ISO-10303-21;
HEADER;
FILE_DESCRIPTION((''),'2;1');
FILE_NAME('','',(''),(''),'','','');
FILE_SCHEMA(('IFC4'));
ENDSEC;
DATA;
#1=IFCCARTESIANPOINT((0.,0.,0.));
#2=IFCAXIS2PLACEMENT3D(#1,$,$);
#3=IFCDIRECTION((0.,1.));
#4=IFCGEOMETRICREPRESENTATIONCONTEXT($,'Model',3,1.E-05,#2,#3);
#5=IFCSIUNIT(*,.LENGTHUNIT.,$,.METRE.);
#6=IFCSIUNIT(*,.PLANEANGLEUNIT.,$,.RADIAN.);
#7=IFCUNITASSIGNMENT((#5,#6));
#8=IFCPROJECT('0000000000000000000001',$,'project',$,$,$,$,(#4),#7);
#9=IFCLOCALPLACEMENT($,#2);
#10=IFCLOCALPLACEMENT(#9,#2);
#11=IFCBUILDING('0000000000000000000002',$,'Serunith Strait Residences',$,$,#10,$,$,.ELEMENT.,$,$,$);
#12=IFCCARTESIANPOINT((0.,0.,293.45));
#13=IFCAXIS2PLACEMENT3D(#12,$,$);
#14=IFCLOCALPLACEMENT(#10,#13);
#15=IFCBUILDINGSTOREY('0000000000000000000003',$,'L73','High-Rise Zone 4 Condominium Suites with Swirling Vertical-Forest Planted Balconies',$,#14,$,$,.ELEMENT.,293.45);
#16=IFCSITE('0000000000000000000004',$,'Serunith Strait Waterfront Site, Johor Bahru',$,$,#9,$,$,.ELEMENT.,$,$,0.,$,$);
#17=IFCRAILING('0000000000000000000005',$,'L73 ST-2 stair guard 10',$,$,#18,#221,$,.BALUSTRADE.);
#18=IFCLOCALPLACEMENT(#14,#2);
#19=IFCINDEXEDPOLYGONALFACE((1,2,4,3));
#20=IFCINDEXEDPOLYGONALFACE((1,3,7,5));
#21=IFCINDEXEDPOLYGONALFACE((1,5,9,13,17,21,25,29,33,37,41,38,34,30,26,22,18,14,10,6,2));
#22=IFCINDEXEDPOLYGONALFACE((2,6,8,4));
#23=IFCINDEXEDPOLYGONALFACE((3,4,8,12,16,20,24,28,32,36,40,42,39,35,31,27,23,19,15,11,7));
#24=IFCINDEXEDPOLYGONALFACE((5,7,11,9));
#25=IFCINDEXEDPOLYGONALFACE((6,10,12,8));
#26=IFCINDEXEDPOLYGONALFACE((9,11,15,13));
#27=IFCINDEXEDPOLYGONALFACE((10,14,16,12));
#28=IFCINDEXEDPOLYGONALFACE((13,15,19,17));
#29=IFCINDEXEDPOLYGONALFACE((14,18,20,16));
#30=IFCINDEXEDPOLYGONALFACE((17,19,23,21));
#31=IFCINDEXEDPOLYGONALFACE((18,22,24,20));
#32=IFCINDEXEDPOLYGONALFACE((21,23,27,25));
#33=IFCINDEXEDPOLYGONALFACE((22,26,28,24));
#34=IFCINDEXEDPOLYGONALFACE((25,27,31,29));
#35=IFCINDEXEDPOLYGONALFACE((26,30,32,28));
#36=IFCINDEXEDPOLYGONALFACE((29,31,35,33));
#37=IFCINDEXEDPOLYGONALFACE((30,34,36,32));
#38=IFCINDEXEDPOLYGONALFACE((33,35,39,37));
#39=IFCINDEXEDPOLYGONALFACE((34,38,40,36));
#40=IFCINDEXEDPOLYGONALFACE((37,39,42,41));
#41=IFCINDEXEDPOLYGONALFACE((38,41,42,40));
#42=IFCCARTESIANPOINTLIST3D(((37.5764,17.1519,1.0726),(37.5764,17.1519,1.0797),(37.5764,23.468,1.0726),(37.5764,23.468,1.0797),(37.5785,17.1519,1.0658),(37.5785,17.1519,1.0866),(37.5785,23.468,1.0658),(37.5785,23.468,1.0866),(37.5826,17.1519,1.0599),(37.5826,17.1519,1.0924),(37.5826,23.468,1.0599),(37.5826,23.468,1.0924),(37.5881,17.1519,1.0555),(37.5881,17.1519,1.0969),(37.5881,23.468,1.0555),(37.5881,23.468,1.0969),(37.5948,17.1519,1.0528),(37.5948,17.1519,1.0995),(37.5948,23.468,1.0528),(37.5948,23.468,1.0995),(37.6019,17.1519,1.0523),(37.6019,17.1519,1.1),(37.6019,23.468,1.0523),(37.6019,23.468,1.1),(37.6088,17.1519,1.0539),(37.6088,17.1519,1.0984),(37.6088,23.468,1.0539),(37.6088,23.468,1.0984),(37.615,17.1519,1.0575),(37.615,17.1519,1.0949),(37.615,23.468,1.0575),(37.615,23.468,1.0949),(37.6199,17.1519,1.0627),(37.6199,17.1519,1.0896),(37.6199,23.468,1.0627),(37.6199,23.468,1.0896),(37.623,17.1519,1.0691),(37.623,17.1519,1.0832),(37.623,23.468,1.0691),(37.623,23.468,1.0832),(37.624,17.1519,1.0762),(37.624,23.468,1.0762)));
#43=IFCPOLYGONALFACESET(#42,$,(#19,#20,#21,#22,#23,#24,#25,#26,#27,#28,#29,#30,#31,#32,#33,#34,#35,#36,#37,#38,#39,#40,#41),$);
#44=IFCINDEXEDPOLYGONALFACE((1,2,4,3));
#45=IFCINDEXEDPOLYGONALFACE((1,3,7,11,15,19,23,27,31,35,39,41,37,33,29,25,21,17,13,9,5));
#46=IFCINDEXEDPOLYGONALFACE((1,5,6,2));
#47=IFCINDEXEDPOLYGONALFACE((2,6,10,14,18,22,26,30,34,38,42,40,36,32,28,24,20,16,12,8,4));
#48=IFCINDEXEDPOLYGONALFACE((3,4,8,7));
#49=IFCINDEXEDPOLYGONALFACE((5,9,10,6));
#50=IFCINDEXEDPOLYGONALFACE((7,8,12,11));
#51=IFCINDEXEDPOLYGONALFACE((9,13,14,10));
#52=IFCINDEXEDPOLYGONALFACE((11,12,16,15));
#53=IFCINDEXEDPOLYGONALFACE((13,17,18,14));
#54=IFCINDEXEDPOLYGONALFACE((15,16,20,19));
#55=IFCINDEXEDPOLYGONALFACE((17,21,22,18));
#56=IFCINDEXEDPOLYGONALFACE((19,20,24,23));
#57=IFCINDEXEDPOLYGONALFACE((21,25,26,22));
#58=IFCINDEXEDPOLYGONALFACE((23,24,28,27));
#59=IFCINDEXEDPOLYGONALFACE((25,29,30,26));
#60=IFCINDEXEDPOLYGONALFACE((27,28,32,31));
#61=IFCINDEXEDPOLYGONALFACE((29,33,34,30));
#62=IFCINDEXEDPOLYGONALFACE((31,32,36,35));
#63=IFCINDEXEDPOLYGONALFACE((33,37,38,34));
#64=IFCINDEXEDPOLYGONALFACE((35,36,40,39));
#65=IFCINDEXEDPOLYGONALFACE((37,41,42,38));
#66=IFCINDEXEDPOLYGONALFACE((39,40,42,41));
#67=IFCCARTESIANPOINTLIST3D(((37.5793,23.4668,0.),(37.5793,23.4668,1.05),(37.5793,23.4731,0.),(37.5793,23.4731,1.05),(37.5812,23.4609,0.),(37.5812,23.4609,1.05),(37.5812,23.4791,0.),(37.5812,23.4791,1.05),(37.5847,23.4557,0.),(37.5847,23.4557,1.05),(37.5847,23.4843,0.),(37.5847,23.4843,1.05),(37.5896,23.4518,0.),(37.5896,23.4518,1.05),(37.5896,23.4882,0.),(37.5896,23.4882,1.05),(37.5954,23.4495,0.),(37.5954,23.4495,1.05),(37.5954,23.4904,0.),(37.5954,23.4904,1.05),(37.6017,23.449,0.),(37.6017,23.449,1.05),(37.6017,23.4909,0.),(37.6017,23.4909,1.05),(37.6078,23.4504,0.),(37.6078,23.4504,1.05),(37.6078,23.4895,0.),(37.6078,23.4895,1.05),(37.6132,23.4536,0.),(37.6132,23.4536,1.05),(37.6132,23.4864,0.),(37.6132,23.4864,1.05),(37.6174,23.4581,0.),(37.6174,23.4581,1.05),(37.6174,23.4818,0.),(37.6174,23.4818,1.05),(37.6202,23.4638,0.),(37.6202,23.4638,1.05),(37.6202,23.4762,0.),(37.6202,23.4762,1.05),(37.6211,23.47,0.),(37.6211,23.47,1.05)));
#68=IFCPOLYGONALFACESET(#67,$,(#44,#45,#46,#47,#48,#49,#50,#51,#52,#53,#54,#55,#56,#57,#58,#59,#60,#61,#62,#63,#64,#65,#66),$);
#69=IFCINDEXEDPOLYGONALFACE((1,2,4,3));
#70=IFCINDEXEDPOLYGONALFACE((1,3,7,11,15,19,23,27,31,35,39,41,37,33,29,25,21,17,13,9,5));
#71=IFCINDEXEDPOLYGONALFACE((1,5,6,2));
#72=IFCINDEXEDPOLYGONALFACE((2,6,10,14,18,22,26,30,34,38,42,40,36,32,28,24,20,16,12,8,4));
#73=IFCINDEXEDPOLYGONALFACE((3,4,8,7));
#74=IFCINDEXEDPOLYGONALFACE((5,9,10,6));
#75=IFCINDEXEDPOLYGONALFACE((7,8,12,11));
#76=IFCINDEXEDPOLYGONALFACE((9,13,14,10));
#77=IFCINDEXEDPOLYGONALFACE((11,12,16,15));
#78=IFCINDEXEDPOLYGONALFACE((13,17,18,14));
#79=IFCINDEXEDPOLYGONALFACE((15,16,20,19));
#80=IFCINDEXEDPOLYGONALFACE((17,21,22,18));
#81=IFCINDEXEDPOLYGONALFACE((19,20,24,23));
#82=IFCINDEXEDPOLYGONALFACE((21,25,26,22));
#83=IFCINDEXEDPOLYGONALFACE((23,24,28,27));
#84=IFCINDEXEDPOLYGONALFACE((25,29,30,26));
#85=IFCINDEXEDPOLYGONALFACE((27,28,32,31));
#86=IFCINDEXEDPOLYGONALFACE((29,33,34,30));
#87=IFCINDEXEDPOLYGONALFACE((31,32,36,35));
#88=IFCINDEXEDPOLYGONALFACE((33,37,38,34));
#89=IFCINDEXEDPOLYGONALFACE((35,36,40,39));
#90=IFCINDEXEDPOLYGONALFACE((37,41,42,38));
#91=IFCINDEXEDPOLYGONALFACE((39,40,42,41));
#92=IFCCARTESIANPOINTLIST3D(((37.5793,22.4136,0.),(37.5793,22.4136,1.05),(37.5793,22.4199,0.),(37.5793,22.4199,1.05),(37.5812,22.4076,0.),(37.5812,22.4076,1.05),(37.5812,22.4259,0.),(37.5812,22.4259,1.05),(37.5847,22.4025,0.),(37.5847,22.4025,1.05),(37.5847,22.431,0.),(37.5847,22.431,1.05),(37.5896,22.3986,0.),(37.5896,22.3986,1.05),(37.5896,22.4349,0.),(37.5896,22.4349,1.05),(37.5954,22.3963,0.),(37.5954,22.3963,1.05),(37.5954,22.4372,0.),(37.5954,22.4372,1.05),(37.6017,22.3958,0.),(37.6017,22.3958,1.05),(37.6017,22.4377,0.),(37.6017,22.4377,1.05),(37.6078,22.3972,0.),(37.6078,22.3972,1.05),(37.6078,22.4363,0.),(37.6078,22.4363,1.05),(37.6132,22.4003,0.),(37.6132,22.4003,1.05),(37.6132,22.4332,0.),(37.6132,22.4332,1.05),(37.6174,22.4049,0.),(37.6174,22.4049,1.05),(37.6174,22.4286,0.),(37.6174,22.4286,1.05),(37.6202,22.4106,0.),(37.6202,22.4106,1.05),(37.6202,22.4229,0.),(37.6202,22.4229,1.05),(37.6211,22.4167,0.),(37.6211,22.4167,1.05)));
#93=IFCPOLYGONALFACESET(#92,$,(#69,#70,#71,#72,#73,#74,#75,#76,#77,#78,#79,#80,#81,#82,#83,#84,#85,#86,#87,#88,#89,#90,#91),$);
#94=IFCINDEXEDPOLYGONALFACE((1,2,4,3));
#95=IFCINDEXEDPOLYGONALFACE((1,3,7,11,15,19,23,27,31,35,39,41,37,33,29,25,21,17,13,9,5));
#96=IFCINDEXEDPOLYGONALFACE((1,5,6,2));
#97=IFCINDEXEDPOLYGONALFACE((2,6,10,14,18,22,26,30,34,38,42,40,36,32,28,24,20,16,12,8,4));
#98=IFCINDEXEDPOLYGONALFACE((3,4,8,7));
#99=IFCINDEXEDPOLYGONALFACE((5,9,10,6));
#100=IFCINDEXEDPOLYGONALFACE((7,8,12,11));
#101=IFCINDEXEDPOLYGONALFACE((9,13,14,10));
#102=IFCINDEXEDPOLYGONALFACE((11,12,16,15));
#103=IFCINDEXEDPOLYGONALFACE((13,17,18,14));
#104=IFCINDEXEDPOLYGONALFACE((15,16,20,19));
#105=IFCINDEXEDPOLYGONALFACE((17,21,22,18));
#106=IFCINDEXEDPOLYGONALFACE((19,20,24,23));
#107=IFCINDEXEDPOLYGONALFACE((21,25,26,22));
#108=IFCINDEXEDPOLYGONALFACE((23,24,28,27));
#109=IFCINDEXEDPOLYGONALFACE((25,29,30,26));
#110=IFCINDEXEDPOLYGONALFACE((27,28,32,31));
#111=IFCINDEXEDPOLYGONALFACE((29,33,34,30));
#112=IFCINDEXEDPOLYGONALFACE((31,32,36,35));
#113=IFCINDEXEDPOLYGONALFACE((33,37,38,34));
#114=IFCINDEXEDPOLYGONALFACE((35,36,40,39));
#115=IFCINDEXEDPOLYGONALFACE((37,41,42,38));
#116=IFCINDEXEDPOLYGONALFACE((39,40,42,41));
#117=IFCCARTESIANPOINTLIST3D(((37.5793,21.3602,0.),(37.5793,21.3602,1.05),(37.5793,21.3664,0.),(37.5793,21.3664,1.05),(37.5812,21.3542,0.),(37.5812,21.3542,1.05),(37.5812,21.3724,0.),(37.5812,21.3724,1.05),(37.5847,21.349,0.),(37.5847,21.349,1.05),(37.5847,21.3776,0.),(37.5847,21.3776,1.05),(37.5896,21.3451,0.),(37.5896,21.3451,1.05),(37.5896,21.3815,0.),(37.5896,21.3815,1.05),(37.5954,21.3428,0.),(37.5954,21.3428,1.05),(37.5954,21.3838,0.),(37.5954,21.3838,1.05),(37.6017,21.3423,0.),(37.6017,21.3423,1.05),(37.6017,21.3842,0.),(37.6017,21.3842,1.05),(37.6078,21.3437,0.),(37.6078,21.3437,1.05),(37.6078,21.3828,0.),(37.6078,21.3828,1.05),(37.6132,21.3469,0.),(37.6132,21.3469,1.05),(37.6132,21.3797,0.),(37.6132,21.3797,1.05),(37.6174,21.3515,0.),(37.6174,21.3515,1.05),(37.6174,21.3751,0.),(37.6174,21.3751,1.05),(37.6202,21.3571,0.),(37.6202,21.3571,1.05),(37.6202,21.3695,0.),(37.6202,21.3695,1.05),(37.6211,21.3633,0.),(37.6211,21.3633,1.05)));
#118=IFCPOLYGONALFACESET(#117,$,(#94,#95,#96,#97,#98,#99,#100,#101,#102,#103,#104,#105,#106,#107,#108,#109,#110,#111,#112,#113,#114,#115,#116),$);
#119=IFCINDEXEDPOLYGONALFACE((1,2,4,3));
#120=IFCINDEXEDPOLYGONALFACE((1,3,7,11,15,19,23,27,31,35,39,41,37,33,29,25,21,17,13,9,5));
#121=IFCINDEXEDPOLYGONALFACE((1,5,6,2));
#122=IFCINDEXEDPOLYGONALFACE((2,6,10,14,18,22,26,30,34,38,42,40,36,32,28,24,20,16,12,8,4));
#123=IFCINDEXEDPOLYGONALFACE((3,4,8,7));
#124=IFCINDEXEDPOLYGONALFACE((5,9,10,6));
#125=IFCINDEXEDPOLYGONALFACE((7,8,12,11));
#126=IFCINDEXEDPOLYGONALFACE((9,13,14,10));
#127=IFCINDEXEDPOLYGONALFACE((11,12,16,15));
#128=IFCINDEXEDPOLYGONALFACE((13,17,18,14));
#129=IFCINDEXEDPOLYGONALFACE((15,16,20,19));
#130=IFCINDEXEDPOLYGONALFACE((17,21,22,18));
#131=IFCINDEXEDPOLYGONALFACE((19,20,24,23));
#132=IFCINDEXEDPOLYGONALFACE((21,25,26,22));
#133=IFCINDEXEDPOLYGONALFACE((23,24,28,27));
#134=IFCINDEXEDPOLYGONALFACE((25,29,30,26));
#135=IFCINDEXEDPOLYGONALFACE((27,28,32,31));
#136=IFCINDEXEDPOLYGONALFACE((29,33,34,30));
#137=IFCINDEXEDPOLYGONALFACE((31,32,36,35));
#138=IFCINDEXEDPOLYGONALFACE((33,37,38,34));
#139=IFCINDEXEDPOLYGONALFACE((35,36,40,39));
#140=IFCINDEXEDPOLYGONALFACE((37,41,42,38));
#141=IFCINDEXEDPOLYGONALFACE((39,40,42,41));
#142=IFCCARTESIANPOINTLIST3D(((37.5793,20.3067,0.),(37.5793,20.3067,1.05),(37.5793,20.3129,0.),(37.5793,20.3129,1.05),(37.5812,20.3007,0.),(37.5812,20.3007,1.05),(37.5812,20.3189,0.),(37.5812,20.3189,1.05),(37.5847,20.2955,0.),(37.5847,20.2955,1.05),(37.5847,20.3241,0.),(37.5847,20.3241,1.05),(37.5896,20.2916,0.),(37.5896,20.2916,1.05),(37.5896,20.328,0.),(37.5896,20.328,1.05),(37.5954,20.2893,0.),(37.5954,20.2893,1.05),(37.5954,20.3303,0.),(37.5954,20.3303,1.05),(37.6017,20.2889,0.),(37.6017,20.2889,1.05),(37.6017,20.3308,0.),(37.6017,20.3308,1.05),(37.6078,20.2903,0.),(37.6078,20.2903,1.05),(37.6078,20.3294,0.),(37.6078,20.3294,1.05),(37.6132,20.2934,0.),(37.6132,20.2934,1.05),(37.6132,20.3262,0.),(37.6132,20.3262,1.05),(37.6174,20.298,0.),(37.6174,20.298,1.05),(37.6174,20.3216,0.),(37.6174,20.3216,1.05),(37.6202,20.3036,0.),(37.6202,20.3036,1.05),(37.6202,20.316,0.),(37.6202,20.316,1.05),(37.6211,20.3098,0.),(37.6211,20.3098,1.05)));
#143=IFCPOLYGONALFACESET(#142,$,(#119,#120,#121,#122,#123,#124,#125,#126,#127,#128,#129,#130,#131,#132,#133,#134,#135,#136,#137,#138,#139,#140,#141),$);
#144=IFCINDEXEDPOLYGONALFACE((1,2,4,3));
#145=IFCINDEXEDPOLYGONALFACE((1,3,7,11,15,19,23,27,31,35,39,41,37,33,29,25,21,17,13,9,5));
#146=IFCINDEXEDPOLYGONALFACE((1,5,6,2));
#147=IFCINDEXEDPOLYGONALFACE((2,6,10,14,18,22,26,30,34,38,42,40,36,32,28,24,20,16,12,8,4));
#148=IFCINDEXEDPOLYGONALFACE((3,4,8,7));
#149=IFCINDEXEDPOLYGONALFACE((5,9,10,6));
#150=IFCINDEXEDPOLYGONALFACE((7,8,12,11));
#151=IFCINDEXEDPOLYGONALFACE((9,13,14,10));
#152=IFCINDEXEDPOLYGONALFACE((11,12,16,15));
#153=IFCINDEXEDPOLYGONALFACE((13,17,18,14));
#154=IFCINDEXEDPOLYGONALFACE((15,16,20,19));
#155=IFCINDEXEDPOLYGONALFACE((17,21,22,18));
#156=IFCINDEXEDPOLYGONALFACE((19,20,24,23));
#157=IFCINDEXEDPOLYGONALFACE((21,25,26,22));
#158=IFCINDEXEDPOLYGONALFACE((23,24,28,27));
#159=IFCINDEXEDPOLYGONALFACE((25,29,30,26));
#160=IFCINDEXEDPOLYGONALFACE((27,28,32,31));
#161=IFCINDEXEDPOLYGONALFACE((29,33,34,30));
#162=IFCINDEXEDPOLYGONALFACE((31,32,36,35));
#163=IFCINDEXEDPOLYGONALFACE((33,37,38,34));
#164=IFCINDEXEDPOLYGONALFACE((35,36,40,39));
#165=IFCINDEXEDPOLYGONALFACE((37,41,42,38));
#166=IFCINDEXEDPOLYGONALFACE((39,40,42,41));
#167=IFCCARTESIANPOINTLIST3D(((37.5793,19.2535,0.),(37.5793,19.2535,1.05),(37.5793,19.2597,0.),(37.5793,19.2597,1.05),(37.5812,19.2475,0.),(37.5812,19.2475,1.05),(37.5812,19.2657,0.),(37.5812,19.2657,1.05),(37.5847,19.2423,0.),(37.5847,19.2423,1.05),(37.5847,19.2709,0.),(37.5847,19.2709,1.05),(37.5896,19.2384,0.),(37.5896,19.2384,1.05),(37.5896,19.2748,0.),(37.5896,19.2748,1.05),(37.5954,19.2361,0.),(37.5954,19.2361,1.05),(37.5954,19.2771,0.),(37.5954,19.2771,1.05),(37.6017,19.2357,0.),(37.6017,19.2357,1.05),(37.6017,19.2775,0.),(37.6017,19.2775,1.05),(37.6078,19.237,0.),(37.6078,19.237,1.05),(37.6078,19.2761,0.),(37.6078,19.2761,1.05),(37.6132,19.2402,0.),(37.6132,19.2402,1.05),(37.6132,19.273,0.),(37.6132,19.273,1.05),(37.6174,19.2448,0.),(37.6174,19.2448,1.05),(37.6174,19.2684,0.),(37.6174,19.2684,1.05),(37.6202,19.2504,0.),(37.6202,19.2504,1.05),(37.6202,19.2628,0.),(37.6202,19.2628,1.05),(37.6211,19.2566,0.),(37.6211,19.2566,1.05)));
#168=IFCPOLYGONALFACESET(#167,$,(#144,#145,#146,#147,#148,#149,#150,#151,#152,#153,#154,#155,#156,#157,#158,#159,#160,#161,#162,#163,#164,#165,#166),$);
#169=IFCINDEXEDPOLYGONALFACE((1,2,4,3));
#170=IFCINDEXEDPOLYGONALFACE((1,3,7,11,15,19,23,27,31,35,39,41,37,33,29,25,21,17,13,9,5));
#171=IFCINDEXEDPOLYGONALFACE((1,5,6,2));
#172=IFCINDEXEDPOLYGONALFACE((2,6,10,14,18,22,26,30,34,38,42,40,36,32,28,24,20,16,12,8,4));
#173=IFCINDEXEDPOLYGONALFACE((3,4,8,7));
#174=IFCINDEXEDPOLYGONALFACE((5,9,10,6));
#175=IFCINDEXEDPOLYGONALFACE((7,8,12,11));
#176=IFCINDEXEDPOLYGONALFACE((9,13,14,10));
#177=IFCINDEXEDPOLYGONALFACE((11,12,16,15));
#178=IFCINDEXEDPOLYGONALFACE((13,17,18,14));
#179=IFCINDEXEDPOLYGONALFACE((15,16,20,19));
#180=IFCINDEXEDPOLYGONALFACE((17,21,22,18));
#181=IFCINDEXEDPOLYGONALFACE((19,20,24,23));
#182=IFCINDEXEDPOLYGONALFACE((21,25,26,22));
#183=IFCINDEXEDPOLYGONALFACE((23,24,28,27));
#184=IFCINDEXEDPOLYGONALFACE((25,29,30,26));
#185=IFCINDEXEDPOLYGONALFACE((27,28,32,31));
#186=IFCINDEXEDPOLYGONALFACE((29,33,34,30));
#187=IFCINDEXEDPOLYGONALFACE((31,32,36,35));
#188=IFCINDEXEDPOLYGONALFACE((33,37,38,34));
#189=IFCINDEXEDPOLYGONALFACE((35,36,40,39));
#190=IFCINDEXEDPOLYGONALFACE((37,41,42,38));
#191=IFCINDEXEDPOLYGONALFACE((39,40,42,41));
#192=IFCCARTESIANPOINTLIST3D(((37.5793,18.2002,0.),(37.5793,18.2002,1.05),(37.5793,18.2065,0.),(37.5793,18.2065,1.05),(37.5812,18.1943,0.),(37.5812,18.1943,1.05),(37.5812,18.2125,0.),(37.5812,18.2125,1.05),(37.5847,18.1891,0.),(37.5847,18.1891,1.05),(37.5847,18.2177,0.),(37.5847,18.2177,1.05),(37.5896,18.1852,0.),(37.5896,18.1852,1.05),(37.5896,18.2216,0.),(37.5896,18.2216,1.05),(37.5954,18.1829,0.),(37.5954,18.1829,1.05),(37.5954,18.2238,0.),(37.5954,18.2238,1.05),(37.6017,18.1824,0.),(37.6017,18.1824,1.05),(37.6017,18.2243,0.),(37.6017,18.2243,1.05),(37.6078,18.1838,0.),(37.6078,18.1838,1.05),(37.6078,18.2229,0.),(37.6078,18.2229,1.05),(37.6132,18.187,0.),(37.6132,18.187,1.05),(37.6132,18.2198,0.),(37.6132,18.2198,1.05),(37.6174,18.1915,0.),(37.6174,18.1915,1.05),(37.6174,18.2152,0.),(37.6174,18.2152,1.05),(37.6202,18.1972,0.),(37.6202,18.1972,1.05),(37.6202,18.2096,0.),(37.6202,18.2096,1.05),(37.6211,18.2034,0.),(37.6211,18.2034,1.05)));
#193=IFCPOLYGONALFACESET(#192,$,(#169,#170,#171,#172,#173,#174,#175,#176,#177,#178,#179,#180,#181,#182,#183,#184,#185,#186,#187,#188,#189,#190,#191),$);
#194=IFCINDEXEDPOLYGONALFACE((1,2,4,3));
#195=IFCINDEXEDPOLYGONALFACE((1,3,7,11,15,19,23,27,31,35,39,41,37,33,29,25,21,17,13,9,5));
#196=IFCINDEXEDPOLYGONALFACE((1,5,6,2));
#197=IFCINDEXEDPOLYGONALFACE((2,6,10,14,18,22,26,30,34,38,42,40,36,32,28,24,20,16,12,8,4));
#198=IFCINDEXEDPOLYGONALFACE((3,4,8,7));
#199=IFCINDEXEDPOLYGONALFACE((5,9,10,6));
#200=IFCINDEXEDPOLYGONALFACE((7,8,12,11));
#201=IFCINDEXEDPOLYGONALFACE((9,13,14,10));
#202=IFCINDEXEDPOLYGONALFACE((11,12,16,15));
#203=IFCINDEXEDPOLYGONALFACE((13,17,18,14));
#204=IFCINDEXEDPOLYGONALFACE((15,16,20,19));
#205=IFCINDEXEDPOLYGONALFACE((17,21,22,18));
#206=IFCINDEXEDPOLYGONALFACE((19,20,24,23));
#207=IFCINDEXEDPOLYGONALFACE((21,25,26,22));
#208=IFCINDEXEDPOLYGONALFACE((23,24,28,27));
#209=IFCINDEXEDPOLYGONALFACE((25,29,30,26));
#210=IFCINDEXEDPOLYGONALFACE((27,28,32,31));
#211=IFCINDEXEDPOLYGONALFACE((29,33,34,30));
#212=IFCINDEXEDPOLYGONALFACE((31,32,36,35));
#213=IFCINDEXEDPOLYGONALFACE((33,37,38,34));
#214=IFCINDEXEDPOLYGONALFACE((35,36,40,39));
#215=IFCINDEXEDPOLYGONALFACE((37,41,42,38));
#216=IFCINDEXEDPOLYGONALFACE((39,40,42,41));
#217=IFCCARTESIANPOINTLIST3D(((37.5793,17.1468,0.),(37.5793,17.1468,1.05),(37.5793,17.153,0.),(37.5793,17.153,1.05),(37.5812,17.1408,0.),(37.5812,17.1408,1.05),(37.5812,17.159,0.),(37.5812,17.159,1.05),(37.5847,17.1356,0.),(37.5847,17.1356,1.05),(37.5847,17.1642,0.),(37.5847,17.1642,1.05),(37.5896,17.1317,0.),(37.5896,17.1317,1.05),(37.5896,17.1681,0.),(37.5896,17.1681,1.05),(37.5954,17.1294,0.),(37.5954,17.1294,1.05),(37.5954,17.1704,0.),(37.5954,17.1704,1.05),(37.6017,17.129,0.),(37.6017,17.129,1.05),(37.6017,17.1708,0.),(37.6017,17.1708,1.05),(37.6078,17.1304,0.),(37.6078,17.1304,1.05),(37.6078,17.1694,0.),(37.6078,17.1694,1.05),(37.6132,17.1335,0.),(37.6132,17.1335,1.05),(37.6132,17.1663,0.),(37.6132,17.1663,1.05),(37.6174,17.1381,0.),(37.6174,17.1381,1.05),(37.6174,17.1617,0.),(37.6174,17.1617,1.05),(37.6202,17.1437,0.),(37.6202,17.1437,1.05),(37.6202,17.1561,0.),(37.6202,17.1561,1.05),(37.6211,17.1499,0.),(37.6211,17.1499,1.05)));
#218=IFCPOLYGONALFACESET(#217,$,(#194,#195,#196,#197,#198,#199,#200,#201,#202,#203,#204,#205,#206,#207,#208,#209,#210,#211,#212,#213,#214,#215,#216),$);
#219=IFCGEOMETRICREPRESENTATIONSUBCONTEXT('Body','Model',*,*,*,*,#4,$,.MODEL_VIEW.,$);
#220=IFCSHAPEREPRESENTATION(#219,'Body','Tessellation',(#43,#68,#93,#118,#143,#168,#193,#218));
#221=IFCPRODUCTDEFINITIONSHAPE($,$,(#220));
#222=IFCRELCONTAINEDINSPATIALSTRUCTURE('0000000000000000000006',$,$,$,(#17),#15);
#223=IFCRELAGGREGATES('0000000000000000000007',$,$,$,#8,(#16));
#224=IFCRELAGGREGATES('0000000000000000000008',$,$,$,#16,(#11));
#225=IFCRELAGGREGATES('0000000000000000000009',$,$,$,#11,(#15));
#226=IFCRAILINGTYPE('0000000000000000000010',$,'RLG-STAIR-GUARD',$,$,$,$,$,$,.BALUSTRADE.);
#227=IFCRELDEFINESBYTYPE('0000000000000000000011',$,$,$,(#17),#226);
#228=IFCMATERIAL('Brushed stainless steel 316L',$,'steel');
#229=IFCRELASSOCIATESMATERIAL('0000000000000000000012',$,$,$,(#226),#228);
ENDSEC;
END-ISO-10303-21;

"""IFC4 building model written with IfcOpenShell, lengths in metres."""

from ifc_helpers import new_model, si_unit, direction, frame, origin, origin_2d, place, context, subcontext, project, spatial, circle, extrude, material, type_object, element, save


model = new_model("IFC4")

# Units and contexts
model_context = context("Model", 3, precision=1e-05, world=origin(), true_north=direction((0.0, 1.0)))
body_context = subcontext(model_context, "Body", "Model", "MODEL_VIEW")
ifc_project = project(units=[si_unit("LENGTHUNIT", "METRE"), si_unit("PLANEANGLEUNIT", "RADIAN")], contexts=[model_context])

# Site, building, storey
site_placement = place(None, origin())
site = spatial("IfcSite", under=ifc_project, at=site_placement, Name="Serunith Strait Waterfront Site, Johor Bahru", CompositionType="ELEMENT", RefElevation=0.0)
building_placement = place(site_placement, origin())
building = spatial("IfcBuilding", under=site, at=building_placement, Name="Serunith Strait Residences", CompositionType="ELEMENT")
storey_placement = place(building_placement, frame((0.0, 0.0, 293.45)))
storey = spatial("IfcBuildingStorey", under=building, at=storey_placement, Name="L73", Description="High-Rise Zone 4 Condominium Suites with Swirling Vertical-Forest Planted Balconies", CompositionType="ELEMENT", Elevation=293.45)

# Railing
ifc_material_1 = material(Name="Brushed stainless steel 316L", Category="steel")
railing_type_1 = type_object("IfcRailingType", Name="RLG-STAIR-GUARD", PredefinedType="BALUSTRADE", material=ifc_material_1)
railing_1_placement = place(storey_placement, frame((37.6001, 23.47, 0.0)))
element("IfcRailing", 1, at=railing_1_placement, inside=storey, type_object=railing_type_1, Name="L73 ST-2 stair guard 10", PredefinedType="BALUSTRADE", context=body_context, shape_type="SweptSolid", body=[
    extrude(circle(Radius=0.0239, at=origin_2d()), frame((0.0, -0.002, 1.0762), z_axis=(0.0, -1.0, 0.0), x_axis=(1.0, 0.0, 0.0)), (0.0, 0.0, 1.0), 6.3162),
    extrude(circle(Radius=0.021, at=origin_2d()), origin(), (0.0, 0.0, 1.0), 1.05),
    extrude(circle(Radius=0.021, at=origin_2d()), frame((0.0, -1.0532, 0.0)), (0.0, 0.0, 1.0), 1.05),
    extrude(circle(Radius=0.021, at=origin_2d()), frame((0.0, -2.1067, 0.0)), (0.0, 0.0, 1.0), 1.05),
    extrude(circle(Radius=0.021, at=origin_2d()), frame((0.0, -3.1602, 0.0)), (0.0, 0.0, 1.0), 1.05),
    extrude(circle(Radius=0.021, at=origin_2d()), frame((0.0, -4.2134, 0.0)), (0.0, 0.0, 1.0), 1.05),
    extrude(circle(Radius=0.021, at=origin_2d()), frame((0.0, -5.2666, 0.0)), (0.0, 0.0, 1.0), 1.05),
    extrude(circle(Radius=0.021, at=origin_2d()), frame((0.0, -6.3201, 0.0)), (0.0, 0.0, 1.0), 1.05),
])

save(model, "model.ifc")
